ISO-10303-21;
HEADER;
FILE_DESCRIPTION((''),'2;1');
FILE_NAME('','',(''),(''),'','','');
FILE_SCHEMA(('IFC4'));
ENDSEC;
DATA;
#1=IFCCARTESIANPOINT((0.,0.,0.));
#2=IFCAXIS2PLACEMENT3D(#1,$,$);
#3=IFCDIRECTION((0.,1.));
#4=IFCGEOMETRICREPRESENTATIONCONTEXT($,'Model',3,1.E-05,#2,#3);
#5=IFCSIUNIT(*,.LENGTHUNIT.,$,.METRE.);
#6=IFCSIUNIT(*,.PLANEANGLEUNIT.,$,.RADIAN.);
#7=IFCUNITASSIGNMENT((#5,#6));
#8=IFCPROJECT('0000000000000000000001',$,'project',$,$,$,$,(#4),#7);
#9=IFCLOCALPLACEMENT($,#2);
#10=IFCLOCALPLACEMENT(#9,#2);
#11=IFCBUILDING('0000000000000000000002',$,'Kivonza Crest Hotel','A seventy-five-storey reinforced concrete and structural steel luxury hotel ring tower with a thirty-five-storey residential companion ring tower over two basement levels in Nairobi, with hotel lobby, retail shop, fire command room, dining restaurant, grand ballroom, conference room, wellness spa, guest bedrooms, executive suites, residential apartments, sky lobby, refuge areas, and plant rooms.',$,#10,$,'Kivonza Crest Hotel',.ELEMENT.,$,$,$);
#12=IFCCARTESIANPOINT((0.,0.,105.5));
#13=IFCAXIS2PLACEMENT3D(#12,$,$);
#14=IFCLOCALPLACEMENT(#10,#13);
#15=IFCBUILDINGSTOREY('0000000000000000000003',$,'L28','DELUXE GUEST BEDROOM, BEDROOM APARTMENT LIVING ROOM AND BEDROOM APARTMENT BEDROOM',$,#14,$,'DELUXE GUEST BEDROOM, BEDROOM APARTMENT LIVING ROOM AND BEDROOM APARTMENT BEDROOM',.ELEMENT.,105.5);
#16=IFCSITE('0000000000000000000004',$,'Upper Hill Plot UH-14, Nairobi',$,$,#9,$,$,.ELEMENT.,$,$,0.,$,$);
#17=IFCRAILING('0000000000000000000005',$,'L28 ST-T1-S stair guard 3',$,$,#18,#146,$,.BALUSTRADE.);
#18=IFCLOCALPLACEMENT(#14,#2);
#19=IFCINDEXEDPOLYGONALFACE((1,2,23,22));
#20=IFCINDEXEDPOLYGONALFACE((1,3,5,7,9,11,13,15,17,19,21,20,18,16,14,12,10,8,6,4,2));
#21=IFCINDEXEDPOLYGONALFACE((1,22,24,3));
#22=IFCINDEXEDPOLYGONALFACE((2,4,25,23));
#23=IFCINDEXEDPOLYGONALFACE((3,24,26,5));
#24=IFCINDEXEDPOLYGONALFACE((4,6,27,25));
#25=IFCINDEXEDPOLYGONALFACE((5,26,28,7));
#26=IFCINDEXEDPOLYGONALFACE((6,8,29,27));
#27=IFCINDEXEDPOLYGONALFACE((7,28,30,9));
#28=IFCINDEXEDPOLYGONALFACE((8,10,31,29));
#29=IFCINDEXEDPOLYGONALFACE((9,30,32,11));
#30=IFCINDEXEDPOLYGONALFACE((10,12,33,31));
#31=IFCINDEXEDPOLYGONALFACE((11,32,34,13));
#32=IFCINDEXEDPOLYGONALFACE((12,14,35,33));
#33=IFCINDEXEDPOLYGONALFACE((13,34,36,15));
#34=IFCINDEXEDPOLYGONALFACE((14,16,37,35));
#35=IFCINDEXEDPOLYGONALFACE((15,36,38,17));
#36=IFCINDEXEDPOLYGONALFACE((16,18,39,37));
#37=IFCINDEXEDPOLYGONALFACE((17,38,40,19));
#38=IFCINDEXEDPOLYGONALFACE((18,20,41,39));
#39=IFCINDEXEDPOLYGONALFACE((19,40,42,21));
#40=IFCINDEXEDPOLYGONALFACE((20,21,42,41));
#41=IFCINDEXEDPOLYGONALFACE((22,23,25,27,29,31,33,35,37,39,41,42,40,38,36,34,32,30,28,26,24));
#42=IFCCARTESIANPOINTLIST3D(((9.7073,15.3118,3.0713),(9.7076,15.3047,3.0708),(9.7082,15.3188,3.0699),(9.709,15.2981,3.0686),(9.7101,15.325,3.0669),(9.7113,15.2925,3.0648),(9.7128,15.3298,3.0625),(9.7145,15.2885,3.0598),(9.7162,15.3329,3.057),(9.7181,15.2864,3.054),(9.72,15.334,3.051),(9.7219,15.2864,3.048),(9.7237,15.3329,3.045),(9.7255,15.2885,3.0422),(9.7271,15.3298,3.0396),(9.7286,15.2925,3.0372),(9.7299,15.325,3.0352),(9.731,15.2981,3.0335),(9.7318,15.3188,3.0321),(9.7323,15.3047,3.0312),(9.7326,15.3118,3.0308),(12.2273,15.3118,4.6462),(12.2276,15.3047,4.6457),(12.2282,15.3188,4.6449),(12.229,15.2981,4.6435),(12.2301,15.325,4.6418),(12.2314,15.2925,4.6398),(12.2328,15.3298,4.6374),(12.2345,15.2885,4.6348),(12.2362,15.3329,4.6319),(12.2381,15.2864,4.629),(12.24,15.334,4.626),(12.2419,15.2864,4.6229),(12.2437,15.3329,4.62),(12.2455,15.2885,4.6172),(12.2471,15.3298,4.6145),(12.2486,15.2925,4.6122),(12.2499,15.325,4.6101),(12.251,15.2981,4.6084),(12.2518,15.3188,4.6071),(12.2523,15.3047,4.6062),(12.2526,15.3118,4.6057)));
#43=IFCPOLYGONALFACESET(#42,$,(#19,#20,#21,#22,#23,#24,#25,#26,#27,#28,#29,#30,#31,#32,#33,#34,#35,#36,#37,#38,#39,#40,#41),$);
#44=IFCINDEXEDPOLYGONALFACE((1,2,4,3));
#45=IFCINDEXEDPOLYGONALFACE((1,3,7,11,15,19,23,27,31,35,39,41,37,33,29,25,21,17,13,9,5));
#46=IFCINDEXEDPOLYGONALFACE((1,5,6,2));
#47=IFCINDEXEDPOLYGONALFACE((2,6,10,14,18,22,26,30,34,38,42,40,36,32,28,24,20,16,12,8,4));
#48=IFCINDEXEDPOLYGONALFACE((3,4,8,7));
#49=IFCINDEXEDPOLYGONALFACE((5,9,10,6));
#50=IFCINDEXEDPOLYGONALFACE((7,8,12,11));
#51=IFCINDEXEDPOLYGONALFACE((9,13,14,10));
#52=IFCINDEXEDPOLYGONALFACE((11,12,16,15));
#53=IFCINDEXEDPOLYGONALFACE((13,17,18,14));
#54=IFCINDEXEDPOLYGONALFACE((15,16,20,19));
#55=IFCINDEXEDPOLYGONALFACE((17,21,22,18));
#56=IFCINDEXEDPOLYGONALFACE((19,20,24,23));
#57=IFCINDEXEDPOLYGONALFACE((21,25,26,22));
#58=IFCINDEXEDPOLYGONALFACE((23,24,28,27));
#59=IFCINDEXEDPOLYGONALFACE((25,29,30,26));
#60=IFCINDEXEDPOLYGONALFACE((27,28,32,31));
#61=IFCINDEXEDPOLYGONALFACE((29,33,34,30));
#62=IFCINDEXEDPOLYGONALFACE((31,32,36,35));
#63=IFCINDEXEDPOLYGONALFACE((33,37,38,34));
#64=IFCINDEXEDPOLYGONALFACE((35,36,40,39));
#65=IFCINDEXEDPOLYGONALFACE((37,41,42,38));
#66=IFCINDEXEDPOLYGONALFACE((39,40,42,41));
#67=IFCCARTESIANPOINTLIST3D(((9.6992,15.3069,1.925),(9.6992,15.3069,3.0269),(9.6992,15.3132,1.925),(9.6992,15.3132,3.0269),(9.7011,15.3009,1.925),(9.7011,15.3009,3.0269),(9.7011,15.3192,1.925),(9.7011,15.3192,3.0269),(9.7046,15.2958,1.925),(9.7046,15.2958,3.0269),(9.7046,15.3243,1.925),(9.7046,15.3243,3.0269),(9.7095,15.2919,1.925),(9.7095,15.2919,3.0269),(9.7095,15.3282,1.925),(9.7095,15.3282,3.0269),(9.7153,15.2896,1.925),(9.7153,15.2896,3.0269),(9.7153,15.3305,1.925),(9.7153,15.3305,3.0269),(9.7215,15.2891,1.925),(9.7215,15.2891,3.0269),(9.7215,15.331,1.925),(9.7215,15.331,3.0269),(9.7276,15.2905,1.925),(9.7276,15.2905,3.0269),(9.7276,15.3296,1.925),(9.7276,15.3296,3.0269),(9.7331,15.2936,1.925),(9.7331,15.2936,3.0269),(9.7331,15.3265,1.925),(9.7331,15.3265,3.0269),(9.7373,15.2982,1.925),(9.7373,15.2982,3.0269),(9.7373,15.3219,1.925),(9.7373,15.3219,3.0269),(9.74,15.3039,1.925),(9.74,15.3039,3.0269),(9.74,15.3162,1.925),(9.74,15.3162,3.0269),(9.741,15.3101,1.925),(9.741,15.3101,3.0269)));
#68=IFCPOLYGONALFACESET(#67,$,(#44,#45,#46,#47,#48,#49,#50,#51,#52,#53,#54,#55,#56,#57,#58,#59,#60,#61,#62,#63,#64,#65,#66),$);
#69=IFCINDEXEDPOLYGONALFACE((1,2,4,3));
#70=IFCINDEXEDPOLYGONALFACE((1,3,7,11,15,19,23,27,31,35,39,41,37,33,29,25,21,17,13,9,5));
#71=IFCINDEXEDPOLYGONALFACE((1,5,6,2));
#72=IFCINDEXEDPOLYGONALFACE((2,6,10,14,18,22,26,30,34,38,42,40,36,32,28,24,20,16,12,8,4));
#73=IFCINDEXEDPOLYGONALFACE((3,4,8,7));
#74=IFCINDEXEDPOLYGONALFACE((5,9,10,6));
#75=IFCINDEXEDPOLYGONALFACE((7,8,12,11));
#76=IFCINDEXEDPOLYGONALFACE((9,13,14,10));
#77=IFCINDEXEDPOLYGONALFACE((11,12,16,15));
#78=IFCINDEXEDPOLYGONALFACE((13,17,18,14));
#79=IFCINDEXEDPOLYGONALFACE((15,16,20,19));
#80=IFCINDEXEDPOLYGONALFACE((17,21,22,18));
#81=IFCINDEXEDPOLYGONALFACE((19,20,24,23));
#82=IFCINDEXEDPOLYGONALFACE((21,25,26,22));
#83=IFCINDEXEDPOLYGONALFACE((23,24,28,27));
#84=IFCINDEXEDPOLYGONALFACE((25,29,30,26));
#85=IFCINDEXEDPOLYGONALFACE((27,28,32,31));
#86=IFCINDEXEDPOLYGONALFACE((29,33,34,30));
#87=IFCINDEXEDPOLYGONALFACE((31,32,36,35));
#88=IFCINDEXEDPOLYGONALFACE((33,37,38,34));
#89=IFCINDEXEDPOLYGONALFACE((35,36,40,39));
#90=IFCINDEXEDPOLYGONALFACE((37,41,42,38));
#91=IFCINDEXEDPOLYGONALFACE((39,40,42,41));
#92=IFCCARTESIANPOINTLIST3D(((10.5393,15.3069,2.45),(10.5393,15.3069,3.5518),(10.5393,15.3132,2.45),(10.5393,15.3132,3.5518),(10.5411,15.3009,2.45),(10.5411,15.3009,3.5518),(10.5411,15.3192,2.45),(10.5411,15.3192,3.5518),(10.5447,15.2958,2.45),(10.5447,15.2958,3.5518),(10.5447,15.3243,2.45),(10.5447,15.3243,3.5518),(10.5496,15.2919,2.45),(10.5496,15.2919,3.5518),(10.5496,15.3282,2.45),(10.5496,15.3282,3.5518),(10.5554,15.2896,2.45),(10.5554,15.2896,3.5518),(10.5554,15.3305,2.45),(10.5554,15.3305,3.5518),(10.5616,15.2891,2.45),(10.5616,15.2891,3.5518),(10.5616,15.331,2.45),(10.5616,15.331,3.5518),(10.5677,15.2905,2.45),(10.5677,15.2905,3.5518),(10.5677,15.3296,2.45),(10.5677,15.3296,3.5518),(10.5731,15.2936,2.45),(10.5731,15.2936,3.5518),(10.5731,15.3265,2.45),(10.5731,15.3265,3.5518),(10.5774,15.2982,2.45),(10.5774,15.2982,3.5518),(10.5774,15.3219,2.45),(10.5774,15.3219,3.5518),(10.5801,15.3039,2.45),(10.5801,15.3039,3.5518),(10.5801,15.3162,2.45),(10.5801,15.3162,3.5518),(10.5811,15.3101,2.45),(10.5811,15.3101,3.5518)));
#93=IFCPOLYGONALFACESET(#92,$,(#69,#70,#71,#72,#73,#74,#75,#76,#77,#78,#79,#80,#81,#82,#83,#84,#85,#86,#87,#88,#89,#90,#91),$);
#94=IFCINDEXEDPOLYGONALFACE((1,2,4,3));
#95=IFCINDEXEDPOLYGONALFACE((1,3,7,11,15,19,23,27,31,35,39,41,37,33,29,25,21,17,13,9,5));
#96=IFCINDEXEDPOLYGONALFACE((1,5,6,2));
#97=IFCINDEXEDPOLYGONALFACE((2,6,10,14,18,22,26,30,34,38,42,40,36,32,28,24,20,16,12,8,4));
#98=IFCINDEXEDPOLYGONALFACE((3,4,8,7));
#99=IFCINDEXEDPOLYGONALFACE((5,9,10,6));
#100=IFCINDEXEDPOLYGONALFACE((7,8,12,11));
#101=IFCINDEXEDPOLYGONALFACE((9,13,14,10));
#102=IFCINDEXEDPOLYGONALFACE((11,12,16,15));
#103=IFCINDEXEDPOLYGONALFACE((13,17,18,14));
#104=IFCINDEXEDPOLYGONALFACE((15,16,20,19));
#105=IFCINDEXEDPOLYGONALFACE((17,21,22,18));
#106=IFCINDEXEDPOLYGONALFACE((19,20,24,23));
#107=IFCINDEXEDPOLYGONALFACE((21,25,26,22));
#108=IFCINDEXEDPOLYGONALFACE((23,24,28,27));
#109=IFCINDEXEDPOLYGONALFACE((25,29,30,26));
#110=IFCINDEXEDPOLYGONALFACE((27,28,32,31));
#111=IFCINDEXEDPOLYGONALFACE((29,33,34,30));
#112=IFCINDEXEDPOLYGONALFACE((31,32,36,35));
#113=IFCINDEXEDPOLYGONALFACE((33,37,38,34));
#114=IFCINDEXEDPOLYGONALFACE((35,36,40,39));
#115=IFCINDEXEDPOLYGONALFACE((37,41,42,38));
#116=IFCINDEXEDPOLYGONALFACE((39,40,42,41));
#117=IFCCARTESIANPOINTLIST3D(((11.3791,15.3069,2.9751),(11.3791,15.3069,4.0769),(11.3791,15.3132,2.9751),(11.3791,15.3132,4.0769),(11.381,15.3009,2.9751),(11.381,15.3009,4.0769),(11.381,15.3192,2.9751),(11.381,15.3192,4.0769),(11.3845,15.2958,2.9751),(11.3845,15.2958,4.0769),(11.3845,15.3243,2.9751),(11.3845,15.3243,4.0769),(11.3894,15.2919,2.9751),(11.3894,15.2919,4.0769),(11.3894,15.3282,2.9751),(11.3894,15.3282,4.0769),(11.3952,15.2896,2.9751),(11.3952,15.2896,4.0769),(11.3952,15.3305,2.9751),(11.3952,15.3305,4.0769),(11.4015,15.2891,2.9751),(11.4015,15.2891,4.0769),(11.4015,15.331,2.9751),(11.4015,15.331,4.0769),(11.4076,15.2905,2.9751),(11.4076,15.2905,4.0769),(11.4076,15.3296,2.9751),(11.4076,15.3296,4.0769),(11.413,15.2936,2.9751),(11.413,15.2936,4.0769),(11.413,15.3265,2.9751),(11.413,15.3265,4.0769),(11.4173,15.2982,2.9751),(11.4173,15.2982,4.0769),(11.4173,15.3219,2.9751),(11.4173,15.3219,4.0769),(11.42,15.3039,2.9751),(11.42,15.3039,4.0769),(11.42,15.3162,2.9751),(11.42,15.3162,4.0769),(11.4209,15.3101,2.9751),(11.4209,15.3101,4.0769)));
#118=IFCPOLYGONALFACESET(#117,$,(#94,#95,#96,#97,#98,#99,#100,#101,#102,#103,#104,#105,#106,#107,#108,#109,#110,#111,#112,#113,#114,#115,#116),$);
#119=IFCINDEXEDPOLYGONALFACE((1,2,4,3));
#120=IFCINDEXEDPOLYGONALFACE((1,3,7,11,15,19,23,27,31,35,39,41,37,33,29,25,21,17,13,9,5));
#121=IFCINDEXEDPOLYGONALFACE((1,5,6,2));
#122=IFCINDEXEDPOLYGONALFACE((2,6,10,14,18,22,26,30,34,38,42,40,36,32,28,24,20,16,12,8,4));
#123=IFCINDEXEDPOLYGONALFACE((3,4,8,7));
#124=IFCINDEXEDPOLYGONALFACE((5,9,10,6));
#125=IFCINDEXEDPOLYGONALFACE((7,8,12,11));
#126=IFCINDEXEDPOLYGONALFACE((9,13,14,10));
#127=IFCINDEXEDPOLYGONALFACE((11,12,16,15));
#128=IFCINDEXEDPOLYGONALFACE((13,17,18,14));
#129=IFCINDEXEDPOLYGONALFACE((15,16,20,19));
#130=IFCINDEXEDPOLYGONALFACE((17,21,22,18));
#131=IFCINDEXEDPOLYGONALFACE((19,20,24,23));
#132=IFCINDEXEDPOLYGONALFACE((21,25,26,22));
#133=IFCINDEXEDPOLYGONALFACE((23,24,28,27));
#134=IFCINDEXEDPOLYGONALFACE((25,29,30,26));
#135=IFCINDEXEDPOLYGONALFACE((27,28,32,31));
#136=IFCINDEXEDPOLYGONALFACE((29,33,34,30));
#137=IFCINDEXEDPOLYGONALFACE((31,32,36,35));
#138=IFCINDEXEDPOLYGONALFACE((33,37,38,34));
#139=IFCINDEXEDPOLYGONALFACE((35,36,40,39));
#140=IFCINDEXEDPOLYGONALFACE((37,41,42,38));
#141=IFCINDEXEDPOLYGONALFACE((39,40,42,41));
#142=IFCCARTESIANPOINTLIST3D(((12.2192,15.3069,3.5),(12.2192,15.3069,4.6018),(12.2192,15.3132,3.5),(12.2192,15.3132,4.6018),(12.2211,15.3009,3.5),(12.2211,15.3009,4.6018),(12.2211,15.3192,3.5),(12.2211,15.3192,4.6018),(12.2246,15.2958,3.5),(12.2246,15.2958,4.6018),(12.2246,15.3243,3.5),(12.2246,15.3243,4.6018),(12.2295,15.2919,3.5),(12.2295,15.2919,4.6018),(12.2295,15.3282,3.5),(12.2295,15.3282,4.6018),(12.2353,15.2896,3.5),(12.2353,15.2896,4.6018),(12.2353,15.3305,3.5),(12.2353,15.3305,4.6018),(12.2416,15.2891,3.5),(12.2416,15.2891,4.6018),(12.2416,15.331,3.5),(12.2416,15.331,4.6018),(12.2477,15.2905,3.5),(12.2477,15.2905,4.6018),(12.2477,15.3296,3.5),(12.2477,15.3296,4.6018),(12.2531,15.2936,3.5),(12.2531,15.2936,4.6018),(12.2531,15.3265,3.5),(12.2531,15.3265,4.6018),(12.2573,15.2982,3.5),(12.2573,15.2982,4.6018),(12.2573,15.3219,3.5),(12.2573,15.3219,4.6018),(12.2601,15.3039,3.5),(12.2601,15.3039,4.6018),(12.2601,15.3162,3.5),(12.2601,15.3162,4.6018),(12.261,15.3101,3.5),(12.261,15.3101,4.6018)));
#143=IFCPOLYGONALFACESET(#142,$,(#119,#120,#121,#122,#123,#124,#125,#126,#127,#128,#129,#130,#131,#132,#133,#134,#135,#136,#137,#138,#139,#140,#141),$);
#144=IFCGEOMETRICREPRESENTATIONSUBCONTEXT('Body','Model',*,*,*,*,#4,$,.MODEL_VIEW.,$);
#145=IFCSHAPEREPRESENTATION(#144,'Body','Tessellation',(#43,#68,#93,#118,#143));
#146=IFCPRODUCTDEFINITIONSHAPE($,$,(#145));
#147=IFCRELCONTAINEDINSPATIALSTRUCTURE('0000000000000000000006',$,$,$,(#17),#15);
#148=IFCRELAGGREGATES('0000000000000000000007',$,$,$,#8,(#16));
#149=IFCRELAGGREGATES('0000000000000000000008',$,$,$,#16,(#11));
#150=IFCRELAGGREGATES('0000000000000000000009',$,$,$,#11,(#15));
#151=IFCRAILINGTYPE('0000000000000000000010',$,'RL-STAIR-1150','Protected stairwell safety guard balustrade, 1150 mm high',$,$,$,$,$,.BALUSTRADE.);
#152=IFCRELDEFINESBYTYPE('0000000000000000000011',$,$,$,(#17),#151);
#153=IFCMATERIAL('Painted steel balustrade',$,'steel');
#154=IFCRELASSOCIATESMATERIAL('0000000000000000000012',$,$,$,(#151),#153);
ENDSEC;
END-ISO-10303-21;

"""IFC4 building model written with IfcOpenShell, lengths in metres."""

from ifc_helpers import new_model, si_unit, direction, frame, origin, origin_2d, place, context, subcontext, project, spatial, circle, extrude, material, type_object, element, save


model = new_model("IFC4")

# Units and contexts
model_context = context("Model", 3, precision=1e-05, world=origin(), true_north=direction((0.0, 1.0)))
body_context = subcontext(model_context, "Body", "Model", "MODEL_VIEW")
ifc_project = project(units=[si_unit("LENGTHUNIT", "METRE"), si_unit("PLANEANGLEUNIT", "RADIAN")], contexts=[model_context])

# Site, building, storey
site_placement = place(None, origin())
site = spatial("IfcSite", under=ifc_project, at=site_placement, Name="Upper Hill Plot UH-14, Nairobi", CompositionType="ELEMENT", RefElevation=0.0)
building_placement = place(site_placement, origin())
building = spatial("IfcBuilding", under=site, at=building_placement, Name="Kivonza Crest Hotel", Description="A seventy-five-storey reinforced concrete and structural steel luxury hotel ring tower with a thirty-five-storey residential companion ring tower over two basement levels in Nairobi, with hotel lobby, retail shop, fire command room, dining restaurant, grand ballroom, conference room, wellness spa, guest bedrooms, executive suites, residential apartments, sky lobby, refuge areas, and plant rooms.", LongName="Kivonza Crest Hotel", CompositionType="ELEMENT")
storey_placement = place(building_placement, frame((0.0, 0.0, 105.5)))
storey = spatial("IfcBuildingStorey", under=building, at=storey_placement, Name="L28", Description="DELUXE GUEST BEDROOM, BEDROOM APARTMENT LIVING ROOM AND BEDROOM APARTMENT BEDROOM", LongName="DELUXE GUEST BEDROOM, BEDROOM APARTMENT LIVING ROOM AND BEDROOM APARTMENT BEDROOM", CompositionType="ELEMENT", Elevation=105.5)

# Railing
ifc_material_1 = material(Name="Painted steel balustrade", Category="steel")
railing_type_1 = type_object("IfcRailingType", Name="RL-STAIR-1150", Description="Protected stairwell safety guard balustrade, 1150 mm high", PredefinedType="BALUSTRADE", material=ifc_material_1)
railing_1_placement = place(storey_placement, frame((9.72, 15.3101, 1.925)))
element("IfcRailing", 1, at=railing_1_placement, inside=storey, type_object=railing_type_1, Name="L28 ST-T1-S stair guard 3", PredefinedType="BALUSTRADE", context=body_context, shape_type="SweptSolid", body=[
    extrude(circle(Radius=0.0239, at=origin_2d()), frame((0.0, 0.0, 1.126), z_axis=(0.848008, 0.0, 0.529984), x_axis=(0.0, 1.0, 0.0)), (0.0, 0.0, 1.0), 2.9717),
    extrude(circle(Radius=0.021, at=origin_2d()), origin(), (0.0, 0.0, 1.0), 1.1018),
    extrude(circle(Radius=0.021, at=origin_2d()), frame((0.8401, 0.0, 0.5249)), (0.0, 0.0, 1.0), 1.1018),
    extrude(circle(Radius=0.021, at=origin_2d()), frame((1.6799, 0.0, 1.05)), (0.0, 0.0, 1.0), 1.1018),
    extrude(circle(Radius=0.021, at=origin_2d()), frame((2.52, 0.0, 1.575)), (0.0, 0.0, 1.0), 1.1018),
])

save(model, "model.ifc")
